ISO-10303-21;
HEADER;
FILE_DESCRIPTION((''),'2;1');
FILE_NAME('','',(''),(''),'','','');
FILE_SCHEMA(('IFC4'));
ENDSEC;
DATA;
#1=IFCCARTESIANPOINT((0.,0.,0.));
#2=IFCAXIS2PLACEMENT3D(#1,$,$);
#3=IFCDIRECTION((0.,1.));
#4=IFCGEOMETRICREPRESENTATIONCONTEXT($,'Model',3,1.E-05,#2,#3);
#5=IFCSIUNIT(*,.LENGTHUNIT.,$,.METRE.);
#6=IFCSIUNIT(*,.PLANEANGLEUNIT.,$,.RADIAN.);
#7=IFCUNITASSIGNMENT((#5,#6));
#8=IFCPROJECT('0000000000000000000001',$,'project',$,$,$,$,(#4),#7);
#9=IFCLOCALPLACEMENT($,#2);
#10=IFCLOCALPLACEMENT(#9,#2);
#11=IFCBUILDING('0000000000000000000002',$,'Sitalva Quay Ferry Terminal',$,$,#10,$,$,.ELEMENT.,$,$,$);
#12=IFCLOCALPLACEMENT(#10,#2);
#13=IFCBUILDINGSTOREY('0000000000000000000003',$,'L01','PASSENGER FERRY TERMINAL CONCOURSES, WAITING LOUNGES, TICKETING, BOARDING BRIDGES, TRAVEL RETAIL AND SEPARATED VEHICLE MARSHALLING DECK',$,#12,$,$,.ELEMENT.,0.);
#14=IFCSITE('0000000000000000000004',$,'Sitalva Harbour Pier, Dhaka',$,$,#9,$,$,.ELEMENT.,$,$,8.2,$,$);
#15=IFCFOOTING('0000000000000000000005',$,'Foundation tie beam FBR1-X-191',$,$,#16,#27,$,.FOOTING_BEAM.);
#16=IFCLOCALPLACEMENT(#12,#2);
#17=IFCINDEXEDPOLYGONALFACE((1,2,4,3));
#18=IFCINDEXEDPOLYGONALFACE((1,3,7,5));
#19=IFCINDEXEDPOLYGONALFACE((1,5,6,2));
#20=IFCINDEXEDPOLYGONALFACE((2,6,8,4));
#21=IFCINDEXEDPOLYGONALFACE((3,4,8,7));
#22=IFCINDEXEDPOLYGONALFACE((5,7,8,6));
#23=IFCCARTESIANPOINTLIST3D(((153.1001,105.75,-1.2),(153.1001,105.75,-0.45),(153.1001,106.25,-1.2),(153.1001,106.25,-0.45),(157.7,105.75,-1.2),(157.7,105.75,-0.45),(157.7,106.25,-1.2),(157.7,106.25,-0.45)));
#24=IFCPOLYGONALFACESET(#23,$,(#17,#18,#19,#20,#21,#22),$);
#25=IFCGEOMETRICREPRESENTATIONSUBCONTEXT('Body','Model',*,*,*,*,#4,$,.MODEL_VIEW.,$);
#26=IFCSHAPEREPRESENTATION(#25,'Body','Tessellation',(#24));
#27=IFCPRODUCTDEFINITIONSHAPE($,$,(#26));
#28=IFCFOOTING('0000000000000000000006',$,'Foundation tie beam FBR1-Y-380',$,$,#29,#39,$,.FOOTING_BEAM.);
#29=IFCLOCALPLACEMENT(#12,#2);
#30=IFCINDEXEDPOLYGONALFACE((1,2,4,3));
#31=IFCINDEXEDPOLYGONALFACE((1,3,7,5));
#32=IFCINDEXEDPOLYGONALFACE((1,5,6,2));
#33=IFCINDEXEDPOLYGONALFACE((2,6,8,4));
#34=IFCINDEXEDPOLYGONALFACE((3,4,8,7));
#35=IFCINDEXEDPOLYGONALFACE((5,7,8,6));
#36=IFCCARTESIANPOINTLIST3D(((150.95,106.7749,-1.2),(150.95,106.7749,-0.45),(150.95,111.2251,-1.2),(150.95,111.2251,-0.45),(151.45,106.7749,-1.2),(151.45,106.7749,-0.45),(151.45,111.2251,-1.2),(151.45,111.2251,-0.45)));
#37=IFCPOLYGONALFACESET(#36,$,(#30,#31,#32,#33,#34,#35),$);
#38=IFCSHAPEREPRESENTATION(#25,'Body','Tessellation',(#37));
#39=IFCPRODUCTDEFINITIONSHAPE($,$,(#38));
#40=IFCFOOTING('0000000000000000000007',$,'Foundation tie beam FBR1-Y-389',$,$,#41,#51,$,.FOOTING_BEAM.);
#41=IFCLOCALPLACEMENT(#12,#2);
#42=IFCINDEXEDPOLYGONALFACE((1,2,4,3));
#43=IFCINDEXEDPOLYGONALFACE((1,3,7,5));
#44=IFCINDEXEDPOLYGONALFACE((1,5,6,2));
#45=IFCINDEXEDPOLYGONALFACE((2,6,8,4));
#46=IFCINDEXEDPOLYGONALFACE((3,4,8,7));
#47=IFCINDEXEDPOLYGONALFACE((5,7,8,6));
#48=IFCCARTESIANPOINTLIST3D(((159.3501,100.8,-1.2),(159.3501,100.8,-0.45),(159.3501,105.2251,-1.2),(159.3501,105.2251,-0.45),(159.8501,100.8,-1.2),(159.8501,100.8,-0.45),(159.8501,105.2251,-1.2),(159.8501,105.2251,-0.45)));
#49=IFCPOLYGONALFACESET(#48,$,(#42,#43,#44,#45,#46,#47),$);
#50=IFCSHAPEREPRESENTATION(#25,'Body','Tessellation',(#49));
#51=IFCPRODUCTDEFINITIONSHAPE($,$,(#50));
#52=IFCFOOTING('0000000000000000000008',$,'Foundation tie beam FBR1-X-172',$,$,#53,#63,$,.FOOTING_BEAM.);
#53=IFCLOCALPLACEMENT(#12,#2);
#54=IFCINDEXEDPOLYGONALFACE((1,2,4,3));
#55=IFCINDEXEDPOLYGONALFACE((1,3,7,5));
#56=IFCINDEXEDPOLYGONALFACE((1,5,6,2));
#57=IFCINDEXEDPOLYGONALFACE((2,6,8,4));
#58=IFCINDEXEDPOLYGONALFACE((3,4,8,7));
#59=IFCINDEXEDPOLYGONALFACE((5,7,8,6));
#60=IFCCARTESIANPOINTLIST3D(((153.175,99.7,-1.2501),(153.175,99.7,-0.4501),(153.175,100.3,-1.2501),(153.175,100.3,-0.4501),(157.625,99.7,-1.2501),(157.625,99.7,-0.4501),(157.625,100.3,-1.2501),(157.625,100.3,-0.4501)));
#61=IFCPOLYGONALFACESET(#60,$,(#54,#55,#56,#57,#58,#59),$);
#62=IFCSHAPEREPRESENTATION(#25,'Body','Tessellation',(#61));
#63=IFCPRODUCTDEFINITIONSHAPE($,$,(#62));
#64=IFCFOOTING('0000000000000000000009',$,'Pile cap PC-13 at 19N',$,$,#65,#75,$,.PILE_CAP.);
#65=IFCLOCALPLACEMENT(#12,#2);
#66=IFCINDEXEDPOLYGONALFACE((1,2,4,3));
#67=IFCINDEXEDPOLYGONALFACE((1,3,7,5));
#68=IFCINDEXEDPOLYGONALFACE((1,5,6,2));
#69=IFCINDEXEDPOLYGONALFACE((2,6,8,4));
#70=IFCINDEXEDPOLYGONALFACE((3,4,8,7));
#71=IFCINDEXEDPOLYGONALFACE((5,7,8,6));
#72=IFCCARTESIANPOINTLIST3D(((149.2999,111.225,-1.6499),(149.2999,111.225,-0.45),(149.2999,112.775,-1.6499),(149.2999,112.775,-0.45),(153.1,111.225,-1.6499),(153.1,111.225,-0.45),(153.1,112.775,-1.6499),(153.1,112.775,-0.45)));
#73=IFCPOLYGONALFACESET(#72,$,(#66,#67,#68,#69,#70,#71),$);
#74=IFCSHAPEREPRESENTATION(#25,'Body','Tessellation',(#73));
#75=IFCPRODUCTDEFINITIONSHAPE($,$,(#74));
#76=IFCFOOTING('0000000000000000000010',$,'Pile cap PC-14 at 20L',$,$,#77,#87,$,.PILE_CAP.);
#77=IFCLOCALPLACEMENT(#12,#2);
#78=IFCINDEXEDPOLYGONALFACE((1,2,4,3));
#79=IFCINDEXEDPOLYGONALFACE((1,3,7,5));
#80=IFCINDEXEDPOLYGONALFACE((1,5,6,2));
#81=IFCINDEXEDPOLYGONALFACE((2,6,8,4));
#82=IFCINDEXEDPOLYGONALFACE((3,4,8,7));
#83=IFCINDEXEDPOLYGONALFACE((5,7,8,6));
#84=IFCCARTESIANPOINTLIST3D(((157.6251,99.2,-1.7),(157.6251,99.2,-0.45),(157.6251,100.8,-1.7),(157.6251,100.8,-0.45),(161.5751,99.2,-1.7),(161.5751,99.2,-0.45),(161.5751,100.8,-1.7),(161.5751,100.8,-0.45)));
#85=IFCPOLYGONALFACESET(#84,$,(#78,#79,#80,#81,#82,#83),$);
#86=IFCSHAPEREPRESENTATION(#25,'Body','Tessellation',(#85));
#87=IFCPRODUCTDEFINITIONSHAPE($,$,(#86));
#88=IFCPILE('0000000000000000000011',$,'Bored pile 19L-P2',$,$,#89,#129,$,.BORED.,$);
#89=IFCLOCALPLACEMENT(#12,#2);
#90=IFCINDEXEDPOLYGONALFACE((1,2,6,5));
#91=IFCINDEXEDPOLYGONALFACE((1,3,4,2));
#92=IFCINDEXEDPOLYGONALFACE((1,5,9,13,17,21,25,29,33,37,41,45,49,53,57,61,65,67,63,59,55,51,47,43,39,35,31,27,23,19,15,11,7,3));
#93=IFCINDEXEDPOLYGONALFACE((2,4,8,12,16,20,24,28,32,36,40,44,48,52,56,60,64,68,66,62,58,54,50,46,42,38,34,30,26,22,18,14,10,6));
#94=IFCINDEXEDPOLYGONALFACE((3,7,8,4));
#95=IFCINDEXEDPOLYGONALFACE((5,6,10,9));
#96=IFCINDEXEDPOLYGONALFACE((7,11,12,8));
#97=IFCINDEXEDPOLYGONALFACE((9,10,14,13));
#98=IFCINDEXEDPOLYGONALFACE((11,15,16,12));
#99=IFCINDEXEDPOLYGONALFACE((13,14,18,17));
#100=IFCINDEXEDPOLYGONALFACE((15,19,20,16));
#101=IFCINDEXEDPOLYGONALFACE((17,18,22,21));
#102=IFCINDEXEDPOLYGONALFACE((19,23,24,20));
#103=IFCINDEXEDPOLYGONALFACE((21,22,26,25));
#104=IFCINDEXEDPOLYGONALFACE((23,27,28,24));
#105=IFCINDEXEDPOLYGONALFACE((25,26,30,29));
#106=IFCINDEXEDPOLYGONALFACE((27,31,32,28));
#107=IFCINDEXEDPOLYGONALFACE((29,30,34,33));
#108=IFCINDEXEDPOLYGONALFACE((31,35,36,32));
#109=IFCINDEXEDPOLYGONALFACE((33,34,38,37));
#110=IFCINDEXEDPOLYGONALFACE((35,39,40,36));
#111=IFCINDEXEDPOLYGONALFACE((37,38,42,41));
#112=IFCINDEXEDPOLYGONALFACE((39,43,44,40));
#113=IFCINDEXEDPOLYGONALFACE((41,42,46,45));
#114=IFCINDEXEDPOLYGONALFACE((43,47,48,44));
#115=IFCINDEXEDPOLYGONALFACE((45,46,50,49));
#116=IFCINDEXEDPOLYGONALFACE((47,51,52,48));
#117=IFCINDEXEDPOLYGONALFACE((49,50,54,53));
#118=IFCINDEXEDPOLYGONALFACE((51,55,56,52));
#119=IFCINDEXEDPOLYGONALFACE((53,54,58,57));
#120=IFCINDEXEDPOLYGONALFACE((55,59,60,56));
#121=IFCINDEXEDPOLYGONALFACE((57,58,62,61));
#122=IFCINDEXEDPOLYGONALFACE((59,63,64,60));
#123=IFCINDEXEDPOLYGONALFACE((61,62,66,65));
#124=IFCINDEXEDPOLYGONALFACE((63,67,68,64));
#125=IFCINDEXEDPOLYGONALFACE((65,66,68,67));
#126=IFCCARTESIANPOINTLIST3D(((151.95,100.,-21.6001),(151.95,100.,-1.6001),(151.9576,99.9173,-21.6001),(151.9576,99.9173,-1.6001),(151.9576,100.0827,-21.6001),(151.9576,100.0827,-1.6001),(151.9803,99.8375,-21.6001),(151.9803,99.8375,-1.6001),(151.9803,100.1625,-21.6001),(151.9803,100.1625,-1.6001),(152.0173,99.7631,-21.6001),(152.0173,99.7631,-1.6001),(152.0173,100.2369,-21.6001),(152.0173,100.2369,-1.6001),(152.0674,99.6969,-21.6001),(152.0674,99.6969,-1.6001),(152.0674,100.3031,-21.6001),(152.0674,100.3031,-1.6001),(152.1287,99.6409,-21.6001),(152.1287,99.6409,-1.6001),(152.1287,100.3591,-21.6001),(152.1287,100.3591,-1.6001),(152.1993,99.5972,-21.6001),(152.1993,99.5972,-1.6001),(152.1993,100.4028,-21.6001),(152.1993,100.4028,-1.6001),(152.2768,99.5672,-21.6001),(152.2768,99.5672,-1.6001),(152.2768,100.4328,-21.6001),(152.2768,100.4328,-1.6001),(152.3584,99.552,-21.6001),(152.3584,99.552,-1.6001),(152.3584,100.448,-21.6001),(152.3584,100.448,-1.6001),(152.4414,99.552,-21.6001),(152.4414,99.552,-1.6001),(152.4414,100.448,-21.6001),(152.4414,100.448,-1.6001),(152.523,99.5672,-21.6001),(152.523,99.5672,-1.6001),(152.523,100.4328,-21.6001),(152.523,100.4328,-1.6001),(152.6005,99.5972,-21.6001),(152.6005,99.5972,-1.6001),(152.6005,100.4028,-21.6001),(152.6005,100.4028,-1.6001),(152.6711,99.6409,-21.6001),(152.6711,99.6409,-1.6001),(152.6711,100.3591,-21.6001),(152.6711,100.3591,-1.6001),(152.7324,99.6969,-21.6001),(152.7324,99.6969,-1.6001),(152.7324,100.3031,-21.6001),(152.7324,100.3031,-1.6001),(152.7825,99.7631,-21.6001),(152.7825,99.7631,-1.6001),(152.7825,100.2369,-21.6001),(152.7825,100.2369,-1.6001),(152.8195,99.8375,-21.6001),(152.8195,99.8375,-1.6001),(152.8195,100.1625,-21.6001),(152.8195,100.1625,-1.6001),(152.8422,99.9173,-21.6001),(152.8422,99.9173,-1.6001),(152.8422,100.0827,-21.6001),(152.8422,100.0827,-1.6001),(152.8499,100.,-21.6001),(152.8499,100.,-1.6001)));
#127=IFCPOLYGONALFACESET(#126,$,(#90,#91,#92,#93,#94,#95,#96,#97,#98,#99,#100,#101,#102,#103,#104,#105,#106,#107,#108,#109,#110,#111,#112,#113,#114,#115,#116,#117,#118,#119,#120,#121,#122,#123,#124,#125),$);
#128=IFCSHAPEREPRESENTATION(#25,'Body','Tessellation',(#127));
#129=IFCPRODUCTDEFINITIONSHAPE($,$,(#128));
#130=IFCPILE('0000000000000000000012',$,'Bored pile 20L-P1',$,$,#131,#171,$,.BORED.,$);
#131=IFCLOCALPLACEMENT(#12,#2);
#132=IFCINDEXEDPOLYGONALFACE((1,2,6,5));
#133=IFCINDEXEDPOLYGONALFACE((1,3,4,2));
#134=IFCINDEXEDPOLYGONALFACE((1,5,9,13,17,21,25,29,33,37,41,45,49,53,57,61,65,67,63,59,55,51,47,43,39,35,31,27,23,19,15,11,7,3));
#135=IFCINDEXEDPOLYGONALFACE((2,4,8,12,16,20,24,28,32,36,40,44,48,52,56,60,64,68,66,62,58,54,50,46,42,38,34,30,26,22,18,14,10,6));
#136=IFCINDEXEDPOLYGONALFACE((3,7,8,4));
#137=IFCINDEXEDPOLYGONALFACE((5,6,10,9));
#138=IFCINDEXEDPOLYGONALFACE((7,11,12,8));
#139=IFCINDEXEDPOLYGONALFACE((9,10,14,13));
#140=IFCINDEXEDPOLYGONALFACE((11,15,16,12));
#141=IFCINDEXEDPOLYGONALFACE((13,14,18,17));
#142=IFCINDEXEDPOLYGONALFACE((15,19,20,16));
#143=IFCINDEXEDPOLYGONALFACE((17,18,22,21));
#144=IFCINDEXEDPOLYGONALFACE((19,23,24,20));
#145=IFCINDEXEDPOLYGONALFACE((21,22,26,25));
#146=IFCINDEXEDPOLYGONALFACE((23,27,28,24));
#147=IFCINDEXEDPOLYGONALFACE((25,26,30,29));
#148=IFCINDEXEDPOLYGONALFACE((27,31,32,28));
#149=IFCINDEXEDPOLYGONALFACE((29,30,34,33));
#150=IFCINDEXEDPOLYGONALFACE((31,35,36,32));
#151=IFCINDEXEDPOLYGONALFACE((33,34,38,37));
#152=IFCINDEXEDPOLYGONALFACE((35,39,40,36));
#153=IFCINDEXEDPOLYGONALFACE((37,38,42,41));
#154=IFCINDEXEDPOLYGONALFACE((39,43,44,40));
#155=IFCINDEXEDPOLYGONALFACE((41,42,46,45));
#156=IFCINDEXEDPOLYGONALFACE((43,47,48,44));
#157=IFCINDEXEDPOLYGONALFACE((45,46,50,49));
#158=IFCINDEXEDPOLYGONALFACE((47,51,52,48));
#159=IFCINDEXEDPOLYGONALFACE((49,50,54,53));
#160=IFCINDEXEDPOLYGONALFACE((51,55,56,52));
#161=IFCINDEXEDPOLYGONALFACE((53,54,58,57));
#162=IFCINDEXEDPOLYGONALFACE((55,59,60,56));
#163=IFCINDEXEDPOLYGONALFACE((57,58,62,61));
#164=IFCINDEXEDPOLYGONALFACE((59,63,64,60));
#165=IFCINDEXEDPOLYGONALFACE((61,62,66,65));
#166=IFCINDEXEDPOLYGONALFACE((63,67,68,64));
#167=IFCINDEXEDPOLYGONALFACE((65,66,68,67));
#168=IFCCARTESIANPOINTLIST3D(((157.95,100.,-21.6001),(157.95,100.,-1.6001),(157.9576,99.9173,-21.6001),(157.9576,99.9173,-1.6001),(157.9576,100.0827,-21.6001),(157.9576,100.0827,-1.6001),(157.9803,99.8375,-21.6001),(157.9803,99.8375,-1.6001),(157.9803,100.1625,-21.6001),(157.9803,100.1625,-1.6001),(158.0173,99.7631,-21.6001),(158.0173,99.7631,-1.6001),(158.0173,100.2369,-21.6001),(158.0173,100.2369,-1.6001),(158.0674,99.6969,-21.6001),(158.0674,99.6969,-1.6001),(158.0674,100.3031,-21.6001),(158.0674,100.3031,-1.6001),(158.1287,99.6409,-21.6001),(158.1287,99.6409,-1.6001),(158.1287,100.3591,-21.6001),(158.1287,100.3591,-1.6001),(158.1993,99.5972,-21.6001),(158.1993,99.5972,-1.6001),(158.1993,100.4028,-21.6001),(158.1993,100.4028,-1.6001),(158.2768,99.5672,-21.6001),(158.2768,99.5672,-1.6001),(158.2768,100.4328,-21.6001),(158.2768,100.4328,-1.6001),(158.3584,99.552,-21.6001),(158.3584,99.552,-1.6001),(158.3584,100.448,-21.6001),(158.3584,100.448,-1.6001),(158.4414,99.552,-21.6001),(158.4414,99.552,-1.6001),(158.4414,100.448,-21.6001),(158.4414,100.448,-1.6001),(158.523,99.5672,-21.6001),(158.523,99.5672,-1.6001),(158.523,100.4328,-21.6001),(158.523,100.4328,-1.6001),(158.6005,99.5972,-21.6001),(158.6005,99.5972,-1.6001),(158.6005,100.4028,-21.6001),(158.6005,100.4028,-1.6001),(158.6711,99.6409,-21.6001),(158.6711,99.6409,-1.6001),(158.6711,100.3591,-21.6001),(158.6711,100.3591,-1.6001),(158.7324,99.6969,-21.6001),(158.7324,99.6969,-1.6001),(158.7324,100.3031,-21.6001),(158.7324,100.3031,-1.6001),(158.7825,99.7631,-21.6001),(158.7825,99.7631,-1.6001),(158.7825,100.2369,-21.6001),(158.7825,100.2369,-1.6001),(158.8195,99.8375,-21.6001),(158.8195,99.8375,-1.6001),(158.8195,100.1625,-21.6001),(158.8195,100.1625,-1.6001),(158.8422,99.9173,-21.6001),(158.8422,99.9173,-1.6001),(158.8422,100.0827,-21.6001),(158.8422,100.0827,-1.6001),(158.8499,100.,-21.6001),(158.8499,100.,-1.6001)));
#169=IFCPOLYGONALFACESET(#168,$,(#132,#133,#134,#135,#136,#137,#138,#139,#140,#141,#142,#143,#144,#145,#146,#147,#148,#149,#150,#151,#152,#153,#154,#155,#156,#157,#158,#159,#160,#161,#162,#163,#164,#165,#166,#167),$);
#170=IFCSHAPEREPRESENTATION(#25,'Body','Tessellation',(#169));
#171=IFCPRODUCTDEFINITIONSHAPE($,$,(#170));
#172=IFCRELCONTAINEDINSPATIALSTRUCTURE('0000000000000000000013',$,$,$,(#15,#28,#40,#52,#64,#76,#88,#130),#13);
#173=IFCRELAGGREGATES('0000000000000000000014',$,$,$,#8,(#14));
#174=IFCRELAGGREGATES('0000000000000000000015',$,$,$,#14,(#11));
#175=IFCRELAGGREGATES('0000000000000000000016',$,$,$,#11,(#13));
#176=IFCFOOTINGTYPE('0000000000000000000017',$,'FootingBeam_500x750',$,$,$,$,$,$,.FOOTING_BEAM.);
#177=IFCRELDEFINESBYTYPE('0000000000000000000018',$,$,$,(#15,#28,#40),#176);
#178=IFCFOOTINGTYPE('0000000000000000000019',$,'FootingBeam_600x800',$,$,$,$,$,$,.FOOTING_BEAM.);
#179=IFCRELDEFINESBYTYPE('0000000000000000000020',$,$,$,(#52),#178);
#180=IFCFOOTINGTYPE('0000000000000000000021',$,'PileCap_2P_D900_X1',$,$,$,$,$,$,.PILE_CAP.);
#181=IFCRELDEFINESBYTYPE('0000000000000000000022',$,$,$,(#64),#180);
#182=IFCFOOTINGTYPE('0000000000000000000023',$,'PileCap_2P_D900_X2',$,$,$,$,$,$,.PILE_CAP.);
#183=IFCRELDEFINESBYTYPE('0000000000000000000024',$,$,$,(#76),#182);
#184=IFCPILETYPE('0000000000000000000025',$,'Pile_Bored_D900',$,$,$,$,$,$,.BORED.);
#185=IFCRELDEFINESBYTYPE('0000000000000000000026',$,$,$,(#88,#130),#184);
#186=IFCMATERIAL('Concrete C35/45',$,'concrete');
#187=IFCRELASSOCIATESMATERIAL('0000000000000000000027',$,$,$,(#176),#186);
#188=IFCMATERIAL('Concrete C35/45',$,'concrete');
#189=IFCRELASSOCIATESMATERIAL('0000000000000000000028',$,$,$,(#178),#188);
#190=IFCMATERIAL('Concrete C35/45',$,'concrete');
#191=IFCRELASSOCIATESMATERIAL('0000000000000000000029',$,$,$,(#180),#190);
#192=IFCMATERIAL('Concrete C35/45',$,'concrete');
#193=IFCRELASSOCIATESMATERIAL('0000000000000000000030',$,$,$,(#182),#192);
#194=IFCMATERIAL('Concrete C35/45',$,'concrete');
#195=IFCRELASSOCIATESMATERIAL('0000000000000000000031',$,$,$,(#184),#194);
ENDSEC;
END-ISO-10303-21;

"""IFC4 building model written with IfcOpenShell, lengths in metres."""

from ifc_helpers import new_model, si_unit, direction, frame, origin, origin_2d, place, context, subcontext, project, spatial, rectangle, circle, extrude, material, material_profile, profile_set, type_object, element, save


model = new_model("IFC4")

# Units and contexts
model_context = context("Model", 3, precision=1e-05, world=origin(), true_north=direction((0.0, 1.0)))
body_context = subcontext(model_context, "Body", "Model", "MODEL_VIEW")
ifc_project = project(units=[si_unit("LENGTHUNIT", "METRE"), si_unit("PLANEANGLEUNIT", "RADIAN")], contexts=[model_context])

# Site, building, storey
site_placement = place(None, origin())
site = spatial("IfcSite", under=ifc_project, at=site_placement, Name="Sitalva Harbour Pier, Dhaka", CompositionType="ELEMENT", RefElevation=8.2)
building_placement = place(site_placement, origin())
building = spatial("IfcBuilding", under=site, at=building_placement, Name="Sitalva Quay Ferry Terminal", CompositionType="ELEMENT")
storey_placement = place(building_placement, origin())
storey = spatial("IfcBuildingStorey", under=building, at=storey_placement, Name="L01", Description="PASSENGER FERRY TERMINAL CONCOURSES, WAITING LOUNGES, TICKETING, BOARDING BRIDGES, TRAVEL RETAIL AND SEPARATED VEHICLE MARSHALLING DECK", CompositionType="ELEMENT", Elevation=0.0)

# Footings
ifc_material_1 = material(Name="Concrete C35/45", Category="concrete")
ifc_material_profile_1 = material_profile(ifc_material_1, rectangle(XDim=0.5, YDim=0.75, at=origin_2d()), Name="RC500x750")
ifc_profile_set_1 = profile_set([ifc_material_profile_1], Name="Concrete C35/45")
footing_type_1 = type_object("IfcFootingType", Name="FootingBeam_500x750", PredefinedType="FOOTING_BEAM", material=ifc_profile_set_1)
footing_1_placement = place(storey_placement, frame((153.1001, 106.0, -0.825), z_axis=(1.0, 0.0, 0.0), x_axis=(0.0, 1.0, 0.0)))
element("IfcFooting", 1, at=footing_1_placement, inside=storey, type_object=footing_type_1, Name="Foundation tie beam FBR1-X-191", PredefinedType="FOOTING_BEAM", context=body_context, shape_type="SweptSolid", body=[
    extrude(rectangle(XDim=0.5, YDim=0.75, at=origin_2d()), origin(), (0.0, 0.0, 1.0), 4.5999),
])
footing_2_placement = place(storey_placement, frame((151.2, 106.7749, -0.825), z_axis=(0.0, 1.0, 0.0), x_axis=(-1.0, 0.0, 0.0)))
element("IfcFooting", 2, at=footing_2_placement, inside=storey, type_object=footing_type_1, Name="Foundation tie beam FBR1-Y-380", PredefinedType="FOOTING_BEAM", context=body_context, shape_type="SweptSolid", body=[
    extrude(rectangle(XDim=0.5, YDim=0.75, at=origin_2d()), origin(), (0.0, 0.0, 1.0), 4.4502),
])
footing_3_placement = place(storey_placement, frame((159.6001, 100.8, -0.825), z_axis=(0.0, 1.0, 0.0), x_axis=(-1.0, 0.0, 0.0)))
element("IfcFooting", 3, at=footing_3_placement, inside=storey, type_object=footing_type_1, Name="Foundation tie beam FBR1-Y-389", PredefinedType="FOOTING_BEAM", context=body_context, shape_type="SweptSolid", body=[
    extrude(rectangle(XDim=0.5, YDim=0.75, at=origin_2d()), origin(), (0.0, 0.0, 1.0), 4.425),
])
ifc_material_2 = material(Name="Concrete C35/45", Category="concrete")
ifc_material_profile_2 = material_profile(ifc_material_2, rectangle(XDim=0.6001, YDim=0.8, at=origin_2d()), Name="RC600x800")
ifc_profile_set_2 = profile_set([ifc_material_profile_2], Name="Concrete C35/45")
footing_type_2 = type_object("IfcFootingType", Name="FootingBeam_600x800", PredefinedType="FOOTING_BEAM", material=ifc_profile_set_2)
footing_4_placement = place(storey_placement, frame((153.175, 100.0, -0.8501), z_axis=(1.0, 0.0, 0.0), x_axis=(0.0, 1.0, 0.0)))
element("IfcFooting", 4, at=footing_4_placement, inside=storey, type_object=footing_type_2, Name="Foundation tie beam FBR1-X-172", PredefinedType="FOOTING_BEAM", context=body_context, shape_type="SweptSolid", body=[
    extrude(rectangle(XDim=0.6001, YDim=0.8, at=origin_2d()), origin(), (0.0, 0.0, 1.0), 4.45),
])
ifc_material_3 = material(Name="Concrete C35/45", Category="concrete")
footing_type_3 = type_object("IfcFootingType", Name="PileCap_2P_D900_X1", PredefinedType="PILE_CAP", material=ifc_material_3)
footing_5_placement = place(storey_placement, frame((151.2, 112.0, -1.6499), z_axis=(0.0, 0.0, 1.0), x_axis=(1.0, 0.0, 0.0)))
element("IfcFooting", 5, at=footing_5_placement, inside=storey, type_object=footing_type_3, Name="Pile cap PC-13 at 19N", PredefinedType="PILE_CAP", context=body_context, shape_type="SweptSolid", body=[
    extrude(rectangle(XDim=3.8, YDim=1.55, at=origin_2d()), origin(), (0.0, 0.0, 1.0), 1.2),
])
ifc_material_4 = material(Name="Concrete C35/45", Category="concrete")
footing_type_4 = type_object("IfcFootingType", Name="PileCap_2P_D900_X2", PredefinedType="PILE_CAP", material=ifc_material_4)
footing_6_placement = place(storey_placement, frame((159.6001, 100.0, -1.7), z_axis=(0.0, 0.0, 1.0), x_axis=(1.0, 0.0, 0.0)))
element("IfcFooting", 6, at=footing_6_placement, inside=storey, type_object=footing_type_4, Name="Pile cap PC-14 at 20L", PredefinedType="PILE_CAP", context=body_context, shape_type="SweptSolid", body=[
    extrude(rectangle(XDim=3.95, YDim=1.6001, at=origin_2d()), origin(), (0.0, 0.0, 1.0), 1.25),
])

# Piles
ifc_material_5 = material(Name="Concrete C35/45", Category="concrete")
ifc_material_profile_3 = material_profile(ifc_material_5, circle(Radius=0.45, at=origin_2d()), Name="PILE-D900")
ifc_profile_set_3 = profile_set([ifc_material_profile_3], Name="Concrete C35/45")
pile_type = type_object("IfcPileType", Name="Pile_Bored_D900", PredefinedType="BORED", material=ifc_profile_set_3)
for number, where, z_axis, x_axis, name in (
    (7, (152.3999, 100.0, -1.6001), (0.0, 0.0, -1.0), (1.0, 0.0, 0.0), "Bored pile 19L-P2"),
    (8, (158.3999, 100.0, -1.6001), (0.0, 0.0, -1.0), (1.0, 0.0, 0.0), "Bored pile 20L-P1"),
):
    element("IfcPile", number, at=place(storey_placement, frame(where, z_axis=z_axis, x_axis=x_axis)), inside=storey, type_object=pile_type, Name=name, PredefinedType="BORED", context=body_context, shape_type="SweptSolid", body=[
        extrude(circle(Radius=0.45, at=origin_2d()), origin(), (0.0, 0.0, 1.0), 20.0),
    ])

save(model, "model.ifc")
